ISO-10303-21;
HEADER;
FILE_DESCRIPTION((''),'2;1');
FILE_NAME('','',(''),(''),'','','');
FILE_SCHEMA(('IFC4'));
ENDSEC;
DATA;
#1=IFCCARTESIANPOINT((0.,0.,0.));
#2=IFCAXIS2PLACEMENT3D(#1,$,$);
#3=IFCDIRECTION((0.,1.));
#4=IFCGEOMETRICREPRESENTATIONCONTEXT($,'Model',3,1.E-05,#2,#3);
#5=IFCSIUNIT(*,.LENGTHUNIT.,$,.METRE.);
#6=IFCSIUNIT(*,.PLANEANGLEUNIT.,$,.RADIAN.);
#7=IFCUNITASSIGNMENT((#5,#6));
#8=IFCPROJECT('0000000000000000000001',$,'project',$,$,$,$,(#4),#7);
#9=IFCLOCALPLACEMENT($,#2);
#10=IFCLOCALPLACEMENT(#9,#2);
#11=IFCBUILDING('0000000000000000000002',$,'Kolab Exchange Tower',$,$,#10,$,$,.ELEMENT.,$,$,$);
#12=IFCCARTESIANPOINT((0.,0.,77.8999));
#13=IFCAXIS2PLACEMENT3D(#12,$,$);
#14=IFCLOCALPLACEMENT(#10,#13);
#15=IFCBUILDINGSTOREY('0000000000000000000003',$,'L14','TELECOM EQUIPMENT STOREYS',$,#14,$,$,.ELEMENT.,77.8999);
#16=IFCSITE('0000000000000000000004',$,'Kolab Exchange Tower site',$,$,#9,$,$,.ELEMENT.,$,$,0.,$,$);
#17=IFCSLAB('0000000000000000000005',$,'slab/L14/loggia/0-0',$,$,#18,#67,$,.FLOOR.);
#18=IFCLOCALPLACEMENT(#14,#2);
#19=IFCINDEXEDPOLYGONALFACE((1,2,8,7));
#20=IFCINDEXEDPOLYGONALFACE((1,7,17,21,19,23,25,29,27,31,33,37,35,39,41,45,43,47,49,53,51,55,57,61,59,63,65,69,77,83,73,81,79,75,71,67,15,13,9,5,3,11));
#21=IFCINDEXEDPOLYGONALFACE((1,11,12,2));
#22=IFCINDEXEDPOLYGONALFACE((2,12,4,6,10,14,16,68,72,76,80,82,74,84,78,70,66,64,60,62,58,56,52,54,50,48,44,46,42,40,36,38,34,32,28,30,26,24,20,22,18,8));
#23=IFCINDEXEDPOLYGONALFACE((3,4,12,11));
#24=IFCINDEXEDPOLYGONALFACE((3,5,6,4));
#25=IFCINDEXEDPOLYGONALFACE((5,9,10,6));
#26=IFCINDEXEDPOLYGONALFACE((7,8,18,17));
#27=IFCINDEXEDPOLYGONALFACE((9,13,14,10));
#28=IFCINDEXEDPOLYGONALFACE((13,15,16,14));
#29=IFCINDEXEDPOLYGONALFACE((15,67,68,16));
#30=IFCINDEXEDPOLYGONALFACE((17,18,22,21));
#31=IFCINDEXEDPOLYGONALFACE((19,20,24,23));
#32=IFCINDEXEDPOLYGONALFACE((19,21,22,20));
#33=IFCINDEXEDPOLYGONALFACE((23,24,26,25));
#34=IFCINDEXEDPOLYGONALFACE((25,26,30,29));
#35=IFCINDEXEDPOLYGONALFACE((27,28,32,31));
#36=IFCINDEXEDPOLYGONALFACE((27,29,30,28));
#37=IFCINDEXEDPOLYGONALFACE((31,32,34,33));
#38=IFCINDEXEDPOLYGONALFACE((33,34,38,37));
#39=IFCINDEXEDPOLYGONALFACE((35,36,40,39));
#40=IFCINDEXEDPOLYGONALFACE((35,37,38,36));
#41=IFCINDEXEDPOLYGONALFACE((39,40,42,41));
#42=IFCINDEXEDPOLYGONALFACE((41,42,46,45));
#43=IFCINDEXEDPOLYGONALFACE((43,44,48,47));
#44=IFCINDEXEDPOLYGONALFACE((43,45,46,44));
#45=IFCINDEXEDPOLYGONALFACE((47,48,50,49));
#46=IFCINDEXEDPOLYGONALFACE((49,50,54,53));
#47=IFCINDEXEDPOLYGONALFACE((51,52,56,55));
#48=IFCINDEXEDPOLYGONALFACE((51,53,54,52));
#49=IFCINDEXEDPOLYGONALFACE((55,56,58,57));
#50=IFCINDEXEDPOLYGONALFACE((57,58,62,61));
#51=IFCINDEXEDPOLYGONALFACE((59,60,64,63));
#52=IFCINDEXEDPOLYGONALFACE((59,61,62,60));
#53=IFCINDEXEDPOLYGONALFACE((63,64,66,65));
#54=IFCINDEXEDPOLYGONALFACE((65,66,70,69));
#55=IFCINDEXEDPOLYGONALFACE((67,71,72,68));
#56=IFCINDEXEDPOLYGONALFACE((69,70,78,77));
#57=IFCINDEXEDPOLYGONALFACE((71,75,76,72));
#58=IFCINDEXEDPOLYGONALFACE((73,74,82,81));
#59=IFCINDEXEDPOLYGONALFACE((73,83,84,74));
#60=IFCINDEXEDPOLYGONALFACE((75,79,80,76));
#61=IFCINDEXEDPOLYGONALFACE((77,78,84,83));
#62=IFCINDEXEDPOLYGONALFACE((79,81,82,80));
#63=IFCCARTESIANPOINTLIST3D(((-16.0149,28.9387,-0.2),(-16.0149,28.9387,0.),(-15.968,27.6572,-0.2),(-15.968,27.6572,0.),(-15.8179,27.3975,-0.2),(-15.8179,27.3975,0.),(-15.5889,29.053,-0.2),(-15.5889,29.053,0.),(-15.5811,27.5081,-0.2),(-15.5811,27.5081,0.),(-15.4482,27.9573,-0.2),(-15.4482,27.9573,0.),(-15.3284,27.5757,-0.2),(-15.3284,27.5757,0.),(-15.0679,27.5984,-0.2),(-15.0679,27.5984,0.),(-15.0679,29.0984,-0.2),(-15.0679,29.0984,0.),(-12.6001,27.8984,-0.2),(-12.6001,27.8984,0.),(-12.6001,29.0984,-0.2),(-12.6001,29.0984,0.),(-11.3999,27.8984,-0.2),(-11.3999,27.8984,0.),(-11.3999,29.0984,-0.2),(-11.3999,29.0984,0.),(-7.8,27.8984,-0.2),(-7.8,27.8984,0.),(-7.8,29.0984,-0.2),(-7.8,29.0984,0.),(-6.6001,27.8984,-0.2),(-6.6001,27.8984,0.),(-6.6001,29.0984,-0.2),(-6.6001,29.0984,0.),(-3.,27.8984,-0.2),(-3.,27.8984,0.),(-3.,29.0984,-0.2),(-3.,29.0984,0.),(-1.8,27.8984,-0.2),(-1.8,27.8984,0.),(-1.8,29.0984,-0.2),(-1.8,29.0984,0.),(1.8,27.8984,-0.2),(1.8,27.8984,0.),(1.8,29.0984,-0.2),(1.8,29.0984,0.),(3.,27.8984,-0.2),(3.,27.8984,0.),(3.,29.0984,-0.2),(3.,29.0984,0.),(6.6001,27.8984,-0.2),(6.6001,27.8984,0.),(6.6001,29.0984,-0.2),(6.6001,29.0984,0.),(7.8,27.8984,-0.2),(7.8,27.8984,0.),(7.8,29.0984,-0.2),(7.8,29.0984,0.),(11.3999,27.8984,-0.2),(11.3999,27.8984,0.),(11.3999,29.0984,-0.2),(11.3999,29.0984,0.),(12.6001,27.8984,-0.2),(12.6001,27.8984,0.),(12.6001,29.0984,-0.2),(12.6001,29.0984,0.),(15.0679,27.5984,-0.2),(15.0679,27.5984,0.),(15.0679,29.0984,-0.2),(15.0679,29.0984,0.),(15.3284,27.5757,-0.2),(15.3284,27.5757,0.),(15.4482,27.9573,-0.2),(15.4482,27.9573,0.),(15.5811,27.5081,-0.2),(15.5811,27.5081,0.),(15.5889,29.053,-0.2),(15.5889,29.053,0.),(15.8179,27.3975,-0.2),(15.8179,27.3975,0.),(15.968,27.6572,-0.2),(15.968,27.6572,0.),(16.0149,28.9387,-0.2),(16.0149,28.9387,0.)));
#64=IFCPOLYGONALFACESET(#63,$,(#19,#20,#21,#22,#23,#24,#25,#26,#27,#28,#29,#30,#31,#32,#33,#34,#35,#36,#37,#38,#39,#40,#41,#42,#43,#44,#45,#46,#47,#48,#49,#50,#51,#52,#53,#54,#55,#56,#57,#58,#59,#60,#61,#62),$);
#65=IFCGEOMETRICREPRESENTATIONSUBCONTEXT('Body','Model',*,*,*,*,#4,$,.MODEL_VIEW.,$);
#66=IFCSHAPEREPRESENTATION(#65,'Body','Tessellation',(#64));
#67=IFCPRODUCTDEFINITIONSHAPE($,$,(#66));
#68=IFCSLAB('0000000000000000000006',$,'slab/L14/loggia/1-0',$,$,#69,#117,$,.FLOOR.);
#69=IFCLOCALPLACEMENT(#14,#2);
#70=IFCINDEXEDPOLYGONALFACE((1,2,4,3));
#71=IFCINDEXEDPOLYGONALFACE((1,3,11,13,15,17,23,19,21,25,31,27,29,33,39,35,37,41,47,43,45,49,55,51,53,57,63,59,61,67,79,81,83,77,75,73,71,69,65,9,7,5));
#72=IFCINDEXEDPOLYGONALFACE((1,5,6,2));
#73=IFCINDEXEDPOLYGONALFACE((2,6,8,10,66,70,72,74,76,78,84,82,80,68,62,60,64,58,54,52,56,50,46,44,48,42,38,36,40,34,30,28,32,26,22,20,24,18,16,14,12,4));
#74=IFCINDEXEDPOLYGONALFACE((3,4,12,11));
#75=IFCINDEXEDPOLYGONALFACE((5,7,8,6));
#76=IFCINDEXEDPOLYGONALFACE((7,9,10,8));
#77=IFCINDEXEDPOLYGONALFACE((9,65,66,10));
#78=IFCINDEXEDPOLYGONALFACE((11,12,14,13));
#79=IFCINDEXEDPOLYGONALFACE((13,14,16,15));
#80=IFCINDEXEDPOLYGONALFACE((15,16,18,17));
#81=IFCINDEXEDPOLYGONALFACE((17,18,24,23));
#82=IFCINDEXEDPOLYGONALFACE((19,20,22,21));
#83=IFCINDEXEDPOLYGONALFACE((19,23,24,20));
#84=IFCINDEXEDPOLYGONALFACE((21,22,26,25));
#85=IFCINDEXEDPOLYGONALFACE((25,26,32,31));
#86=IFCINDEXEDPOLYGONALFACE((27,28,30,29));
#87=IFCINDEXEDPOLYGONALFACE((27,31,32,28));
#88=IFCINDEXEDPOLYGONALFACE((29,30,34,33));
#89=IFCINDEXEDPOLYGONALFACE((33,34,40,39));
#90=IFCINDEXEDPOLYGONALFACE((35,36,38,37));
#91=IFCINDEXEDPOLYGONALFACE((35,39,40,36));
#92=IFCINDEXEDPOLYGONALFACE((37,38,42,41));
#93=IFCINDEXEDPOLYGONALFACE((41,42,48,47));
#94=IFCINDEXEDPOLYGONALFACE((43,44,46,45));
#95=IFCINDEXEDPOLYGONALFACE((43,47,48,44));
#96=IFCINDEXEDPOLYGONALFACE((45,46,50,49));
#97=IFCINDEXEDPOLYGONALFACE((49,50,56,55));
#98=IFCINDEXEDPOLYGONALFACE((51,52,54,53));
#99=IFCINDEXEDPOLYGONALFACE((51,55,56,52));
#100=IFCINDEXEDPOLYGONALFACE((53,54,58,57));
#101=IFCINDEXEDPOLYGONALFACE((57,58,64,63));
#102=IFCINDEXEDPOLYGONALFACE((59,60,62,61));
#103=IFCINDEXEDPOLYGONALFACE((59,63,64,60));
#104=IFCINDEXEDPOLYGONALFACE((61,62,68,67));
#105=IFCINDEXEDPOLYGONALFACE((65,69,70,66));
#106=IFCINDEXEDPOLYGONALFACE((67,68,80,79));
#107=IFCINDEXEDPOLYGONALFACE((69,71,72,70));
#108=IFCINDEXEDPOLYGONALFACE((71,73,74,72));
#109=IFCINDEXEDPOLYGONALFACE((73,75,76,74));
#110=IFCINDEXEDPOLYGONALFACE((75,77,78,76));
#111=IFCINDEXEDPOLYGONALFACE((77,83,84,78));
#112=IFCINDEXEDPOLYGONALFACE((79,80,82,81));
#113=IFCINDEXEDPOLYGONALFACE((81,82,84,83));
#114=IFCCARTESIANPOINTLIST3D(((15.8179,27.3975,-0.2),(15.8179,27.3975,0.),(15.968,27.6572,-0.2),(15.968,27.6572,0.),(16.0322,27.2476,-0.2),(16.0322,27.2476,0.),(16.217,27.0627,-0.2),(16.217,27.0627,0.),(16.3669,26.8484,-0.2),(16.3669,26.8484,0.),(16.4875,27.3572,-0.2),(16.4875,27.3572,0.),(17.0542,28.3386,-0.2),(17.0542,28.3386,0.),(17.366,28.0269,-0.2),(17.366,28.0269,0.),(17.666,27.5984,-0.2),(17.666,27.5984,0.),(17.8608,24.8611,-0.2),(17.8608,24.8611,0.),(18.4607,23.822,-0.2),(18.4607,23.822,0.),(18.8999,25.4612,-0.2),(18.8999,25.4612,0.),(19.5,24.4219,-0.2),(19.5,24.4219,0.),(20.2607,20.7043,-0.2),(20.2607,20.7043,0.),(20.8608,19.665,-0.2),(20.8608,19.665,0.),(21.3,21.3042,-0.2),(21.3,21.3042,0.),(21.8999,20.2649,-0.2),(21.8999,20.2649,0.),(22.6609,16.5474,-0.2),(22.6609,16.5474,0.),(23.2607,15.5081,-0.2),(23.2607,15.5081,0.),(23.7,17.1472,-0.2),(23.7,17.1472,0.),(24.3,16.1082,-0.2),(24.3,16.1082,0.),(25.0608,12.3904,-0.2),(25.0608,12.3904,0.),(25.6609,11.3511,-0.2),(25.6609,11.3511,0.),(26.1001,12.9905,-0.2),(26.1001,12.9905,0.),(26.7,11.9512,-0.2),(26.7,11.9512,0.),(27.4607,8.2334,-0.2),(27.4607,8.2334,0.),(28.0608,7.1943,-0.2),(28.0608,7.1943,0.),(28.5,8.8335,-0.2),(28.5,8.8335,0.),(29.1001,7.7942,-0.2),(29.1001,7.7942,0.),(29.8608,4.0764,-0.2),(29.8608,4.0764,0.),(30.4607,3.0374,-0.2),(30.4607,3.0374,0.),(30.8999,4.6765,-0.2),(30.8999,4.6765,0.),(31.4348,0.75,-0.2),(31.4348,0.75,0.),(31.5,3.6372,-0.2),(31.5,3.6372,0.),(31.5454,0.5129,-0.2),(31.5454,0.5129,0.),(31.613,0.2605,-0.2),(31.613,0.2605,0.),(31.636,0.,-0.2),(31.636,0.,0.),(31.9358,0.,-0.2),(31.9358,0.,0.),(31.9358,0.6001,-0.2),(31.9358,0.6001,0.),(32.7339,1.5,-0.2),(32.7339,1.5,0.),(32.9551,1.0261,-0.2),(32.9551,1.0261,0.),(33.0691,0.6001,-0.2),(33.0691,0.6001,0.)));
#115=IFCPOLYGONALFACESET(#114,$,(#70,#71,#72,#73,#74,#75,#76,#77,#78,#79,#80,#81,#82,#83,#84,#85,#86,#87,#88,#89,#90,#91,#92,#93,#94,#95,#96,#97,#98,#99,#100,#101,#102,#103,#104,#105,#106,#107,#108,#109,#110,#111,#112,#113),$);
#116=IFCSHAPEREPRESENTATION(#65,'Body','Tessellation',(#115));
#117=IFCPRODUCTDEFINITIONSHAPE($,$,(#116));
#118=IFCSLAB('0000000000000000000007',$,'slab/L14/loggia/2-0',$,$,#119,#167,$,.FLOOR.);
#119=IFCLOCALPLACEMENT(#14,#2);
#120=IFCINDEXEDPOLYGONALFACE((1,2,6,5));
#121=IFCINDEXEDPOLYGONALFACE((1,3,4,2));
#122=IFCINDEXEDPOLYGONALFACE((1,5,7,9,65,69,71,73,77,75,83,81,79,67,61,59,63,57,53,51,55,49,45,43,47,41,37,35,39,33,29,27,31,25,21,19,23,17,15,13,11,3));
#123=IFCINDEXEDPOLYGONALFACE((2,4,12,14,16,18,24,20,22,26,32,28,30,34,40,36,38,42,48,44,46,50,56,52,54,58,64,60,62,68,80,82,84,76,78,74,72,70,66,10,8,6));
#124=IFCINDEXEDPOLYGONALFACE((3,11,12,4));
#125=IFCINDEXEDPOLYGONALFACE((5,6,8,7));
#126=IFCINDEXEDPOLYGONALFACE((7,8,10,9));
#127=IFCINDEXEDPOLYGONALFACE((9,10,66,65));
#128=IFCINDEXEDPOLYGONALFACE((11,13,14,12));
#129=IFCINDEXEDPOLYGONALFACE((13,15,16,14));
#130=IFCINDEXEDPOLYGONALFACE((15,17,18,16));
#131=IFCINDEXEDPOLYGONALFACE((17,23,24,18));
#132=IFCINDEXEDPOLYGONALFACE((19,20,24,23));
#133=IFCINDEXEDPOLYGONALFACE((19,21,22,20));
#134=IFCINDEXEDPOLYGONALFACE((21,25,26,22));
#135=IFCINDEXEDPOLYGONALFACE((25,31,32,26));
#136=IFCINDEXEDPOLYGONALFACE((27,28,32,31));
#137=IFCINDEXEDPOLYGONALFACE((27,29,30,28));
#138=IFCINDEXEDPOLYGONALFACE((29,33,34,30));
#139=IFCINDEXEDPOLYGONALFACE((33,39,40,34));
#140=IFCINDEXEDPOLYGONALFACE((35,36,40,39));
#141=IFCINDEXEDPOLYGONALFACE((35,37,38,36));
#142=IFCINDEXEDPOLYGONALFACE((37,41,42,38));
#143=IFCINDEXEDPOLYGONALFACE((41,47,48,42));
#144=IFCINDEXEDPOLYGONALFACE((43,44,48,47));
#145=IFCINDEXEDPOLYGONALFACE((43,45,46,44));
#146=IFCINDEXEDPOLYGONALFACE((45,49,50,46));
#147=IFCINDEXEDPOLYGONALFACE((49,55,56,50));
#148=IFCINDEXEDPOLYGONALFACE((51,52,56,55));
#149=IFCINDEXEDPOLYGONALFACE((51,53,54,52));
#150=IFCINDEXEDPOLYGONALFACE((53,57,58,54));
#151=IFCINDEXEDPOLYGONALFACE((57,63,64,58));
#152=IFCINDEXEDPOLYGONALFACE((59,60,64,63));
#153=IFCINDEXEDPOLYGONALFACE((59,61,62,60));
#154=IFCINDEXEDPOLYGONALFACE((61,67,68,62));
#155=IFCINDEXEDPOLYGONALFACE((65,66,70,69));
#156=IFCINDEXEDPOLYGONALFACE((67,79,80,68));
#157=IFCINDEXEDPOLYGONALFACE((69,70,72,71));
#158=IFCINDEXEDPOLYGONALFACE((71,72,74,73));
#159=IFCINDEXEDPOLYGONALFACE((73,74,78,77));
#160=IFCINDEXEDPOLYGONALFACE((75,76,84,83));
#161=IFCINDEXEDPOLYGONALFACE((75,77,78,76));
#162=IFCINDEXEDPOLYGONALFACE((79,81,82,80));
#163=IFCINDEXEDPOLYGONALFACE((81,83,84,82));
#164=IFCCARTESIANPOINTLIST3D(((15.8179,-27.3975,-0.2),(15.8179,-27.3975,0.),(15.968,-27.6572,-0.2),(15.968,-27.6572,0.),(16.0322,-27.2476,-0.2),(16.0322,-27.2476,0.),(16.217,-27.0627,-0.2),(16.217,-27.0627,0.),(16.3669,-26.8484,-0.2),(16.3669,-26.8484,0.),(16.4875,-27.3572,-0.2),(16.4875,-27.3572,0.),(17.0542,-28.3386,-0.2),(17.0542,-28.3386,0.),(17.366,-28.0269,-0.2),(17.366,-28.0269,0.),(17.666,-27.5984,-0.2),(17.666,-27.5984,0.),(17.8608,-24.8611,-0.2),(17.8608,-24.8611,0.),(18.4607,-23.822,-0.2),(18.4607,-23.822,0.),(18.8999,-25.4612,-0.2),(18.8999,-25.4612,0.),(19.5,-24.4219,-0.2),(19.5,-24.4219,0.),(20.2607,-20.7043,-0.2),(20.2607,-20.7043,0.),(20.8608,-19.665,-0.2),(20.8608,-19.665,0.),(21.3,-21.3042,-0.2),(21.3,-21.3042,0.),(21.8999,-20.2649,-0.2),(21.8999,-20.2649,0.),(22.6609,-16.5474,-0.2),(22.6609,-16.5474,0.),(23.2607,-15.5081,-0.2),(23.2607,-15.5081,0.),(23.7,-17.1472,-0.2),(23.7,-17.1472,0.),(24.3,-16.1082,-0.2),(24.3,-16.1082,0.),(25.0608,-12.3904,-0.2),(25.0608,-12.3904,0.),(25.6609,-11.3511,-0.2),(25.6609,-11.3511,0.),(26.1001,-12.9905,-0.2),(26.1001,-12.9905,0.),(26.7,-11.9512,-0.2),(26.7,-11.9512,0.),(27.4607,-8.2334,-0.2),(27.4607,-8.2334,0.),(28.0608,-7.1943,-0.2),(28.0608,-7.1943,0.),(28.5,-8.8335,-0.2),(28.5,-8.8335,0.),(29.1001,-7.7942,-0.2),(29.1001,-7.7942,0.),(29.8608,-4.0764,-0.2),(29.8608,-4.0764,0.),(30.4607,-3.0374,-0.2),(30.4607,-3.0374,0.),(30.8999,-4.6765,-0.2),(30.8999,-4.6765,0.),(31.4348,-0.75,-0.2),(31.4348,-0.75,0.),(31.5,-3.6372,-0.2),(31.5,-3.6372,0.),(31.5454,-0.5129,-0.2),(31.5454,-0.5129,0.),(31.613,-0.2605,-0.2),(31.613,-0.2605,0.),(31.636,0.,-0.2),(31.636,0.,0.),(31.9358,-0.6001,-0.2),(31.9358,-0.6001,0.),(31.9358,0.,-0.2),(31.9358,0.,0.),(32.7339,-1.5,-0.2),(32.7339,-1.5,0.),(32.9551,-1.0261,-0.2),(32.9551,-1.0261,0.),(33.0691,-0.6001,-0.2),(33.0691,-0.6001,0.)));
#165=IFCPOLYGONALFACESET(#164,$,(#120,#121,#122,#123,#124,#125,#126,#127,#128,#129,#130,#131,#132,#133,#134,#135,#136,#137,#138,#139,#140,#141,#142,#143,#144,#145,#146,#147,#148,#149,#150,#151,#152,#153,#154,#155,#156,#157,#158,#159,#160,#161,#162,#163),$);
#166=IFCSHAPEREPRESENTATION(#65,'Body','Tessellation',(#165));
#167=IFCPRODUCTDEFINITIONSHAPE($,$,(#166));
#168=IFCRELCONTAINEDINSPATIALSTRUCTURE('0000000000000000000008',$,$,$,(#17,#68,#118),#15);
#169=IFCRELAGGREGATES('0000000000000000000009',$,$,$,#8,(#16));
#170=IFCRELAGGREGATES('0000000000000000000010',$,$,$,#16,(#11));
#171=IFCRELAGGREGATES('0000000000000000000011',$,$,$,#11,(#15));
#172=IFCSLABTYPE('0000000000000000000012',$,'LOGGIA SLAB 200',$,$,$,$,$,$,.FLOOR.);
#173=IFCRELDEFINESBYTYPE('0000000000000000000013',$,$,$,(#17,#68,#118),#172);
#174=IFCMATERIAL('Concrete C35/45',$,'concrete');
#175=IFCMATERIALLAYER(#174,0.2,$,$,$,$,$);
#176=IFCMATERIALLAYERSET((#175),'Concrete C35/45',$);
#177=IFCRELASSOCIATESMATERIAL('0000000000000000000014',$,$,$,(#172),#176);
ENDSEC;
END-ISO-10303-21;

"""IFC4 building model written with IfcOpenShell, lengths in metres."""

from ifc_helpers import new_model, si_unit, direction, frame, origin, place, context, subcontext, project, spatial, polyline, outline, extrude, material, layer, layer_set, type_object, element, save


model = new_model("IFC4")

# Units and contexts
model_context = context("Model", 3, precision=1e-05, world=origin(), true_north=direction((0.0, 1.0)))
body_context = subcontext(model_context, "Body", "Model", "MODEL_VIEW")
ifc_project = project(units=[si_unit("LENGTHUNIT", "METRE"), si_unit("PLANEANGLEUNIT", "RADIAN")], contexts=[model_context])

# Site, building, storey
site_placement = place(None, origin())
site = spatial("IfcSite", under=ifc_project, at=site_placement, Name="Kolab Exchange Tower site", CompositionType="ELEMENT", RefElevation=0.0)
building_placement = place(site_placement, origin())
building = spatial("IfcBuilding", under=site, at=building_placement, Name="Kolab Exchange Tower", CompositionType="ELEMENT")
storey_placement = place(building_placement, frame((0.0, 0.0, 77.8999)))
storey = spatial("IfcBuildingStorey", under=building, at=storey_placement, Name="L14", Description="TELECOM EQUIPMENT STOREYS", CompositionType="ELEMENT", Elevation=77.8999)

# Slabs
ifc_material_1 = material(Name="Concrete C35/45", Category="concrete")
ifc_layer_1 = layer(ifc_material_1, 0.2)
ifc_layer_set_1 = layer_set([ifc_layer_1], Name="Concrete C35/45")
slab_type_1 = type_object("IfcSlabType", Name="LOGGIA SLAB 200", PredefinedType="FLOOR", material=ifc_layer_set_1)
slab_1_placement = place(storey_placement, frame((0.0, 0.0, -0.2)))
element("IfcSlab", 1, at=slab_1_placement, inside=storey, type_object=slab_type_1, Name="slab/L14/loggia/0-0", PredefinedType="FLOOR", context=body_context, shape_type="SweptSolid", body=[
    extrude(outline(polyline([(15.8179, 27.3975), (15.968, 27.6572), (15.4482, 27.9573), (16.0149, 28.9387), (15.5889, 29.053), (15.0679, 29.0984), (12.6001, 29.0984), (12.6001, 27.8984), (11.3999, 27.8984), (11.3999, 29.0984), (7.8, 29.0984), (7.8, 27.8984), (6.6001, 27.8984), (6.6001, 29.0984), (3.0, 29.0984), (3.0, 27.8984), (1.8, 27.8984), (1.8, 29.0984), (-1.8, 29.0984), (-1.8, 27.8984), (-3.0, 27.8984), (-3.0, 29.0984), (-6.6001, 29.0984), (-6.6001, 27.8984), (-7.8, 27.8984), (-7.8, 29.0984), (-11.3999, 29.0984), (-11.3999, 27.8984), (-12.6001, 27.8984), (-12.6001, 29.0984), (-15.0679, 29.0984), (-15.5889, 29.053), (-16.0149, 28.9387), (-15.4482, 27.9573), (-15.968, 27.6572), (-15.8179, 27.3975), (-15.5811, 27.5081), (-15.3284, 27.5757), (-15.0679, 27.5984), (15.0679, 27.5984), (15.3284, 27.5757), (15.5811, 27.5081), (15.8179, 27.3975)])), origin(), (0.0, 0.0, 1.0), 0.2),
])
slab_2_placement = place(storey_placement, frame((0.0, 0.0, -0.2)))
element("IfcSlab", 2, at=slab_2_placement, inside=storey, type_object=slab_type_1, Name="slab/L14/loggia/1-0", PredefinedType="FLOOR", context=body_context, shape_type="SweptSolid", body=[
    extrude(outline(polyline([(31.636, 0.0), (31.9358, 0.0), (31.9358, 0.6001), (33.0691, 0.6001), (32.9551, 1.0261), (32.7339, 1.5), (31.5, 3.6372), (30.4607, 3.0374), (29.8608, 4.0764), (30.8999, 4.6765), (29.1001, 7.7942), (28.0608, 7.1943), (27.4607, 8.2334), (28.5, 8.8335), (26.7, 11.9512), (25.6609, 11.3511), (25.0608, 12.3904), (26.1001, 12.9905), (24.3, 16.1082), (23.2607, 15.5081), (22.6609, 16.5474), (23.7, 17.1472), (21.8999, 20.2649), (20.8608, 19.665), (20.2607, 20.7043), (21.3, 21.3042), (19.5, 24.4219), (18.4607, 23.822), (17.8608, 24.8611), (18.8999, 25.4612), (17.666, 27.5984), (17.366, 28.0269), (17.0542, 28.3386), (16.4875, 27.3572), (15.968, 27.6572), (15.8179, 27.3975), (16.0322, 27.2476), (16.217, 27.0627), (16.3669, 26.8484), (31.4348, 0.75), (31.5454, 0.5129), (31.613, 0.2605), (31.636, 0.0)])), origin(), (0.0, 0.0, 1.0), 0.2),
])
slab_3_placement = place(storey_placement, frame((0.0, 0.0, -0.2)))
element("IfcSlab", 3, at=slab_3_placement, inside=storey, type_object=slab_type_1, Name="slab/L14/loggia/2-0", PredefinedType="FLOOR", context=body_context, shape_type="SweptSolid", body=[
    extrude(outline(polyline([(17.666, -27.5984), (18.8999, -25.4612), (17.8608, -24.8611), (18.4607, -23.822), (19.5, -24.4219), (21.3, -21.3042), (20.2607, -20.7043), (20.8608, -19.665), (21.8999, -20.2649), (23.7, -17.1472), (22.6609, -16.5474), (23.2607, -15.5081), (24.3, -16.1082), (26.1001, -12.9905), (25.0608, -12.3904), (25.6609, -11.3511), (26.7, -11.9512), (28.5, -8.8335), (27.4607, -8.2334), (28.0608, -7.1943), (29.1001, -7.7942), (30.8999, -4.6765), (29.8608, -4.0764), (30.4607, -3.0374), (31.5, -3.6372), (32.7339, -1.5), (32.9551, -1.0261), (33.0691, -0.6001), (31.9358, -0.6001), (31.9358, 0.0), (31.636, 0.0), (31.613, -0.2605), (31.5454, -0.5129), (31.4348, -0.75), (16.3669, -26.8484), (16.217, -27.0627), (16.0322, -27.2476), (15.8179, -27.3975), (15.968, -27.6572), (16.4875, -27.3572), (17.0542, -28.3386), (17.366, -28.0269), (17.666, -27.5984)])), origin(), (0.0, 0.0, 1.0), 0.2),
])

save(model, "model.ifc")
